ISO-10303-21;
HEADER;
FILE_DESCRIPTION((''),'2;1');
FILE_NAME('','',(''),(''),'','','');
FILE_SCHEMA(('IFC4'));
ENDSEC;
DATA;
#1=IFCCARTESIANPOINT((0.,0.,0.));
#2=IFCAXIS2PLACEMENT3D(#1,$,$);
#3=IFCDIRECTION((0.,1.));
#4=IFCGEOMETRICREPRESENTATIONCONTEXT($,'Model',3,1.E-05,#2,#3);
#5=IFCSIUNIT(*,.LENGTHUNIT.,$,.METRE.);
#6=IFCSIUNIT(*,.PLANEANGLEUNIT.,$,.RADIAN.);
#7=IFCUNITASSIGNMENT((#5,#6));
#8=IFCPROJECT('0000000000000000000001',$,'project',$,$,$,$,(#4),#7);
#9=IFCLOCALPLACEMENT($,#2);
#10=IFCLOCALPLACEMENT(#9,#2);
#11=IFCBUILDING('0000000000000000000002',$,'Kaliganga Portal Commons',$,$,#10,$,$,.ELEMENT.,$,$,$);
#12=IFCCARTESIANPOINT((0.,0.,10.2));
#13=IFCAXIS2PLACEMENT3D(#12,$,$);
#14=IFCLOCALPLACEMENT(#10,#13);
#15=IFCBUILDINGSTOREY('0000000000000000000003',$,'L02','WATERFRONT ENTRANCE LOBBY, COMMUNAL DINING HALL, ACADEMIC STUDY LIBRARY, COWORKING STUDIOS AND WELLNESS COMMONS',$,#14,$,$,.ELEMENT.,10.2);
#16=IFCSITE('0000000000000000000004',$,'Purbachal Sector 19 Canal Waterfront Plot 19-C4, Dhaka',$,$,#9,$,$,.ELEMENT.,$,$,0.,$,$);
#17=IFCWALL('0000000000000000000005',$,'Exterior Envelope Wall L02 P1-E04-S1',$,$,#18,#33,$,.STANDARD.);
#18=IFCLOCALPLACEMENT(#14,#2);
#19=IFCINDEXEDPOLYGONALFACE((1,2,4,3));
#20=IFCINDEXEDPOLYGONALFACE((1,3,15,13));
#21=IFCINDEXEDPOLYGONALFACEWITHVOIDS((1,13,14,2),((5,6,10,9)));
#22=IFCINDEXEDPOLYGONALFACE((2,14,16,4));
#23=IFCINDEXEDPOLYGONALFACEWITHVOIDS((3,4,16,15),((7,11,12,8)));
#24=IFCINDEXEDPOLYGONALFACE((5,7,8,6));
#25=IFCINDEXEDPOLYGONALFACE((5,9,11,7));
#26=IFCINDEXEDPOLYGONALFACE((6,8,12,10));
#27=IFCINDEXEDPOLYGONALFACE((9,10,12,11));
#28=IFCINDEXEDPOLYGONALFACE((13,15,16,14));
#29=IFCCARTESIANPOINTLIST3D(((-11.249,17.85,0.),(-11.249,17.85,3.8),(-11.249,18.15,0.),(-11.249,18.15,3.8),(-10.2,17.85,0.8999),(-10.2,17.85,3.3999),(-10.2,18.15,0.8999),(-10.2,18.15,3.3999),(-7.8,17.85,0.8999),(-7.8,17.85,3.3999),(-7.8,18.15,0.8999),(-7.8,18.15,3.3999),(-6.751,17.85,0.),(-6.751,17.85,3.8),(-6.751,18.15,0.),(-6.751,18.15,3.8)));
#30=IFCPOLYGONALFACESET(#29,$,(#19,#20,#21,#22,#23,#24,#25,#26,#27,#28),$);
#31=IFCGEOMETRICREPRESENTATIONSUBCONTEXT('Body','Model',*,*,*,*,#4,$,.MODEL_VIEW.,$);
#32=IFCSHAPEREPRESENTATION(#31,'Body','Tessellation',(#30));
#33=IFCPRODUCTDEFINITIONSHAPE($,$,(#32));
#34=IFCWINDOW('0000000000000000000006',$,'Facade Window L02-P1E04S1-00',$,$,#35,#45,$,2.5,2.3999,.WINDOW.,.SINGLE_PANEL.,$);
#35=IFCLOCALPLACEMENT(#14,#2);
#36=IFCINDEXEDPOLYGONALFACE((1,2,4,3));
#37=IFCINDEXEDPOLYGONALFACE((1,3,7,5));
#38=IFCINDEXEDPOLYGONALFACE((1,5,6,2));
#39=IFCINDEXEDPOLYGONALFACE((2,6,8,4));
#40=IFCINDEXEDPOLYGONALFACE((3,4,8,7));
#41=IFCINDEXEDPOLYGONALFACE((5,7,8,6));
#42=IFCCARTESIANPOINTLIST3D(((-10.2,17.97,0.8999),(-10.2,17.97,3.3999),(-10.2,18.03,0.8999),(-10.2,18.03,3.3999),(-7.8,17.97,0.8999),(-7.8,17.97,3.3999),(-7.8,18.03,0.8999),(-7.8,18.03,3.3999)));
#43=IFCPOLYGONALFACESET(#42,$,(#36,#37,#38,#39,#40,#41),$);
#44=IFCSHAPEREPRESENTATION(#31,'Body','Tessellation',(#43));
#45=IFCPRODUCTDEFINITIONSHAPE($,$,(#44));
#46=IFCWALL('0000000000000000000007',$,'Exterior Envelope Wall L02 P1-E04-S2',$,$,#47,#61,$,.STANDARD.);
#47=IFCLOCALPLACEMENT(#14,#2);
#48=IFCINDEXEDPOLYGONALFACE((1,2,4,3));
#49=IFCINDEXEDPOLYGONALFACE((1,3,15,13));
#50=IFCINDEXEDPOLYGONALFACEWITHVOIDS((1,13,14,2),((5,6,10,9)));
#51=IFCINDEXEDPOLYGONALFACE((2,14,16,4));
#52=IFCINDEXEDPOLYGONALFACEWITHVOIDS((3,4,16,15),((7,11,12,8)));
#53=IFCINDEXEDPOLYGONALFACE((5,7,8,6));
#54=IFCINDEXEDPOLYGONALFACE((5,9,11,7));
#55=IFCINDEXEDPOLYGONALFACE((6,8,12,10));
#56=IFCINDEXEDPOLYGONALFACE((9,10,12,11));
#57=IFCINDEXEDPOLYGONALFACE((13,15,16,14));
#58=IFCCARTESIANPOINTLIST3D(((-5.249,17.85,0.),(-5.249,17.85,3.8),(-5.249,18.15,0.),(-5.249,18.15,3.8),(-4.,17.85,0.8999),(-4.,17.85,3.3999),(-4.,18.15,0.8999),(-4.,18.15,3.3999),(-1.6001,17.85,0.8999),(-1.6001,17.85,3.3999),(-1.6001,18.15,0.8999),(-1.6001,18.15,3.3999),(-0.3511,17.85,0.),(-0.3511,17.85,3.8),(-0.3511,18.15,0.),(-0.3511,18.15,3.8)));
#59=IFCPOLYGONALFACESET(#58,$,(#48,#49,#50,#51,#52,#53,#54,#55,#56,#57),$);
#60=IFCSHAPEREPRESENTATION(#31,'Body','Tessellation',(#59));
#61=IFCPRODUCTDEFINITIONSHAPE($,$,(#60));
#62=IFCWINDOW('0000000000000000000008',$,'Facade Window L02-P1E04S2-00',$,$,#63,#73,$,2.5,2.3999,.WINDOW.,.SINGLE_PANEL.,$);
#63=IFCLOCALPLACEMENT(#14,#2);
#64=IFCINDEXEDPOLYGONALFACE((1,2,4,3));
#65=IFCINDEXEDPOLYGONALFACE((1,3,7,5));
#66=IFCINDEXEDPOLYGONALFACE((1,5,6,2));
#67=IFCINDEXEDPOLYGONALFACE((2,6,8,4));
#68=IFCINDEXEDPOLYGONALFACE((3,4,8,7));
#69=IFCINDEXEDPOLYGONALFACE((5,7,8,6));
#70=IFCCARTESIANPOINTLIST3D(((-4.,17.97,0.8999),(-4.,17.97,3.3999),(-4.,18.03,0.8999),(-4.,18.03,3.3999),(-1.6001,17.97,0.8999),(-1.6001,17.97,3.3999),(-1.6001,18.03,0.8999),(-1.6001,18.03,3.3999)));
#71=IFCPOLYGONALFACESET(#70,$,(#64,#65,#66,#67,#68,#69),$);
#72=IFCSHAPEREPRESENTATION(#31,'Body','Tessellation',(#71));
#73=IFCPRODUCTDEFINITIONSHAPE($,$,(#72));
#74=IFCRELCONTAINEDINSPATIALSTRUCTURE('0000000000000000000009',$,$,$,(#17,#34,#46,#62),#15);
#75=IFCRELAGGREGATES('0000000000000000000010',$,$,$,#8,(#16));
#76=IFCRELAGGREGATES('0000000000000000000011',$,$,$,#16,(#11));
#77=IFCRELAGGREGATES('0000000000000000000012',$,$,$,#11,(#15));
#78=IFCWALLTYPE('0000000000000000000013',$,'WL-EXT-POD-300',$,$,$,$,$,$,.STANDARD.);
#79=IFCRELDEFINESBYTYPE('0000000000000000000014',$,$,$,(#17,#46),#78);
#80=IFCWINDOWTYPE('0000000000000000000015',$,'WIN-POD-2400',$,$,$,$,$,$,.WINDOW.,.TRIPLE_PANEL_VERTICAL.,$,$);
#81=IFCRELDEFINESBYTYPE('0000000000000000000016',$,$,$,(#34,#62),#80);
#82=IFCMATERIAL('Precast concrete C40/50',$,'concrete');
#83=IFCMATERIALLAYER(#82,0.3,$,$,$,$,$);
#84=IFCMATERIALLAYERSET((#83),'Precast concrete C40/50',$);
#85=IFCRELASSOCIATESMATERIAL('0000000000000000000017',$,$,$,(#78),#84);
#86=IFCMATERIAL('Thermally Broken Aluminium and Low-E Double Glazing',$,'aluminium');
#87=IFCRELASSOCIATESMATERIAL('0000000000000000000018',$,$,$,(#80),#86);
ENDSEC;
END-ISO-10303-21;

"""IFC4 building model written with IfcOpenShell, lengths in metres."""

from ifc_helpers import new_model, si_unit, direction, frame, frame_2d, origin, place, context, subcontext, project, spatial, rectangle, extrude, material, layer, layer_set, type_object, element, fill, save


model = new_model("IFC4")

# Units and contexts
model_context = context("Model", 3, precision=1e-05, world=origin(), true_north=direction((0.0, 1.0)))
body_context = subcontext(model_context, "Body", "Model", "MODEL_VIEW")
ifc_project = project(units=[si_unit("LENGTHUNIT", "METRE"), si_unit("PLANEANGLEUNIT", "RADIAN")], contexts=[model_context])

# Site, building, storey
site_placement = place(None, origin())
site = spatial("IfcSite", under=ifc_project, at=site_placement, Name="Purbachal Sector 19 Canal Waterfront Plot 19-C4, Dhaka", CompositionType="ELEMENT", RefElevation=0.0)
building_placement = place(site_placement, origin())
building = spatial("IfcBuilding", under=site, at=building_placement, Name="Kaliganga Portal Commons", CompositionType="ELEMENT")
storey_placement = place(building_placement, frame((0.0, 0.0, 10.2)))
storey = spatial("IfcBuildingStorey", under=building, at=storey_placement, Name="L02", Description="WATERFRONT ENTRANCE LOBBY, COMMUNAL DINING HALL, ACADEMIC STUDY LIBRARY, COWORKING STUDIOS AND WELLNESS COMMONS", CompositionType="ELEMENT", Elevation=10.2)

# Walls, openings, windows
ifc_material_1 = material(Name="Precast concrete C40/50", Category="concrete")
ifc_layer_1 = layer(ifc_material_1, 0.3)
ifc_layer_set_1 = layer_set([ifc_layer_1], Name="Precast concrete C40/50")
wall_type = type_object("IfcWallType", Name="WL-EXT-POD-300", PredefinedType="STANDARD", material=ifc_layer_set_1)
wall_1_placement = place(storey_placement, frame((-6.751, 18.0, 0.0), z_axis=(0.0, 0.0, 1.0), x_axis=(-1.0, 0.0, 0.0)))
wall_1 = element("IfcWall", 1, at=wall_1_placement, inside=storey, type_object=wall_type, Name="Exterior Envelope Wall L02 P1-E04-S1", PredefinedType="STANDARD", context=body_context, shape_type="SweptSolid", body=[
    extrude(rectangle(XDim=4.498, YDim=0.3, at=frame_2d((2.249, 0.0))), origin(), (0.0, 0.0, 1.0), 3.8),
])
opening_1_placement = place(wall_1_placement, frame((1.0491, 0.0, 0.8999)))
opening_1 = element("IfcOpeningElement", 2, at=opening_1_placement, cuts=wall_1, PredefinedType="OPENING", context=body_context, shape_type="SweptSolid", body=[
    extrude(rectangle(XDim=2.3999, YDim=2.5, at=frame_2d((1.2, 1.25))), frame((0.0, 0.1602, 0.0), z_axis=(0.0, -1.0, 0.0), x_axis=(1.0, 0.0, 0.0)), (0.0, 0.0, 1.0), 0.3201),
])
ifc_material_2 = material(Name="Thermally Broken Aluminium and Low-E Double Glazing", Category="aluminium")
window_type = type_object("IfcWindowType", Name="WIN-POD-2400", PartitioningType="TRIPLE_PANEL_VERTICAL", PredefinedType="WINDOW", material=ifc_material_2)
window_1_placement = place(opening_1_placement, origin())
window_1 = element("IfcWindow", 3, at=window_1_placement, inside=storey, type_object=window_type, Name="Facade Window L02-P1E04S1-00", OverallHeight=2.5, OverallWidth=2.3999, PartitioningType="SINGLE_PANEL", PredefinedType="WINDOW", context=body_context, shape_type="SweptSolid", body=[
    extrude(rectangle(XDim=2.3999, YDim=2.5, at=frame_2d((1.2, 1.25))), frame((0.0, 0.03, 0.0), z_axis=(0.0, -1.0, 0.0), x_axis=(1.0, 0.0, 0.0)), (0.0, 0.0, 1.0), 0.0601),
])
fill(opening_1, window_1)
wall_2_placement = place(storey_placement, frame((-0.3511, 18.0, 0.0), z_axis=(0.0, 0.0, 1.0), x_axis=(-1.0, 0.0, 0.0)))
wall_2 = element("IfcWall", 4, at=wall_2_placement, inside=storey, type_object=wall_type, Name="Exterior Envelope Wall L02 P1-E04-S2", PredefinedType="STANDARD", context=body_context, shape_type="SweptSolid", body=[
    extrude(rectangle(XDim=4.8979, YDim=0.3, at=frame_2d((2.449, 0.0))), origin(), (0.0, 0.0, 1.0), 3.8),
])
opening_2_placement = place(wall_2_placement, frame((1.249, 0.0, 0.8999)))
opening_2 = element("IfcOpeningElement", 5, at=opening_2_placement, cuts=wall_2, PredefinedType="OPENING", context=body_context, shape_type="SweptSolid", body=[
    extrude(rectangle(XDim=2.3999, YDim=2.5, at=frame_2d((1.2, 1.25))), frame((0.0, 0.1602, 0.0), z_axis=(0.0, -1.0, 0.0), x_axis=(1.0, 0.0, 0.0)), (0.0, 0.0, 1.0), 0.3201),
])
window_2_placement = place(opening_2_placement, origin())
window_2 = element("IfcWindow", 6, at=window_2_placement, inside=storey, type_object=window_type, Name="Facade Window L02-P1E04S2-00", OverallHeight=2.5, OverallWidth=2.3999, PartitioningType="SINGLE_PANEL", PredefinedType="WINDOW", context=body_context, shape_type="SweptSolid", body=[
    extrude(rectangle(XDim=2.3999, YDim=2.5, at=frame_2d((1.2, 1.25))), frame((0.0, 0.03, 0.0), z_axis=(0.0, -1.0, 0.0), x_axis=(1.0, 0.0, 0.0)), (0.0, 0.0, 1.0), 0.0601),
])
fill(opening_2, window_2)

save(model, "model.ifc")
